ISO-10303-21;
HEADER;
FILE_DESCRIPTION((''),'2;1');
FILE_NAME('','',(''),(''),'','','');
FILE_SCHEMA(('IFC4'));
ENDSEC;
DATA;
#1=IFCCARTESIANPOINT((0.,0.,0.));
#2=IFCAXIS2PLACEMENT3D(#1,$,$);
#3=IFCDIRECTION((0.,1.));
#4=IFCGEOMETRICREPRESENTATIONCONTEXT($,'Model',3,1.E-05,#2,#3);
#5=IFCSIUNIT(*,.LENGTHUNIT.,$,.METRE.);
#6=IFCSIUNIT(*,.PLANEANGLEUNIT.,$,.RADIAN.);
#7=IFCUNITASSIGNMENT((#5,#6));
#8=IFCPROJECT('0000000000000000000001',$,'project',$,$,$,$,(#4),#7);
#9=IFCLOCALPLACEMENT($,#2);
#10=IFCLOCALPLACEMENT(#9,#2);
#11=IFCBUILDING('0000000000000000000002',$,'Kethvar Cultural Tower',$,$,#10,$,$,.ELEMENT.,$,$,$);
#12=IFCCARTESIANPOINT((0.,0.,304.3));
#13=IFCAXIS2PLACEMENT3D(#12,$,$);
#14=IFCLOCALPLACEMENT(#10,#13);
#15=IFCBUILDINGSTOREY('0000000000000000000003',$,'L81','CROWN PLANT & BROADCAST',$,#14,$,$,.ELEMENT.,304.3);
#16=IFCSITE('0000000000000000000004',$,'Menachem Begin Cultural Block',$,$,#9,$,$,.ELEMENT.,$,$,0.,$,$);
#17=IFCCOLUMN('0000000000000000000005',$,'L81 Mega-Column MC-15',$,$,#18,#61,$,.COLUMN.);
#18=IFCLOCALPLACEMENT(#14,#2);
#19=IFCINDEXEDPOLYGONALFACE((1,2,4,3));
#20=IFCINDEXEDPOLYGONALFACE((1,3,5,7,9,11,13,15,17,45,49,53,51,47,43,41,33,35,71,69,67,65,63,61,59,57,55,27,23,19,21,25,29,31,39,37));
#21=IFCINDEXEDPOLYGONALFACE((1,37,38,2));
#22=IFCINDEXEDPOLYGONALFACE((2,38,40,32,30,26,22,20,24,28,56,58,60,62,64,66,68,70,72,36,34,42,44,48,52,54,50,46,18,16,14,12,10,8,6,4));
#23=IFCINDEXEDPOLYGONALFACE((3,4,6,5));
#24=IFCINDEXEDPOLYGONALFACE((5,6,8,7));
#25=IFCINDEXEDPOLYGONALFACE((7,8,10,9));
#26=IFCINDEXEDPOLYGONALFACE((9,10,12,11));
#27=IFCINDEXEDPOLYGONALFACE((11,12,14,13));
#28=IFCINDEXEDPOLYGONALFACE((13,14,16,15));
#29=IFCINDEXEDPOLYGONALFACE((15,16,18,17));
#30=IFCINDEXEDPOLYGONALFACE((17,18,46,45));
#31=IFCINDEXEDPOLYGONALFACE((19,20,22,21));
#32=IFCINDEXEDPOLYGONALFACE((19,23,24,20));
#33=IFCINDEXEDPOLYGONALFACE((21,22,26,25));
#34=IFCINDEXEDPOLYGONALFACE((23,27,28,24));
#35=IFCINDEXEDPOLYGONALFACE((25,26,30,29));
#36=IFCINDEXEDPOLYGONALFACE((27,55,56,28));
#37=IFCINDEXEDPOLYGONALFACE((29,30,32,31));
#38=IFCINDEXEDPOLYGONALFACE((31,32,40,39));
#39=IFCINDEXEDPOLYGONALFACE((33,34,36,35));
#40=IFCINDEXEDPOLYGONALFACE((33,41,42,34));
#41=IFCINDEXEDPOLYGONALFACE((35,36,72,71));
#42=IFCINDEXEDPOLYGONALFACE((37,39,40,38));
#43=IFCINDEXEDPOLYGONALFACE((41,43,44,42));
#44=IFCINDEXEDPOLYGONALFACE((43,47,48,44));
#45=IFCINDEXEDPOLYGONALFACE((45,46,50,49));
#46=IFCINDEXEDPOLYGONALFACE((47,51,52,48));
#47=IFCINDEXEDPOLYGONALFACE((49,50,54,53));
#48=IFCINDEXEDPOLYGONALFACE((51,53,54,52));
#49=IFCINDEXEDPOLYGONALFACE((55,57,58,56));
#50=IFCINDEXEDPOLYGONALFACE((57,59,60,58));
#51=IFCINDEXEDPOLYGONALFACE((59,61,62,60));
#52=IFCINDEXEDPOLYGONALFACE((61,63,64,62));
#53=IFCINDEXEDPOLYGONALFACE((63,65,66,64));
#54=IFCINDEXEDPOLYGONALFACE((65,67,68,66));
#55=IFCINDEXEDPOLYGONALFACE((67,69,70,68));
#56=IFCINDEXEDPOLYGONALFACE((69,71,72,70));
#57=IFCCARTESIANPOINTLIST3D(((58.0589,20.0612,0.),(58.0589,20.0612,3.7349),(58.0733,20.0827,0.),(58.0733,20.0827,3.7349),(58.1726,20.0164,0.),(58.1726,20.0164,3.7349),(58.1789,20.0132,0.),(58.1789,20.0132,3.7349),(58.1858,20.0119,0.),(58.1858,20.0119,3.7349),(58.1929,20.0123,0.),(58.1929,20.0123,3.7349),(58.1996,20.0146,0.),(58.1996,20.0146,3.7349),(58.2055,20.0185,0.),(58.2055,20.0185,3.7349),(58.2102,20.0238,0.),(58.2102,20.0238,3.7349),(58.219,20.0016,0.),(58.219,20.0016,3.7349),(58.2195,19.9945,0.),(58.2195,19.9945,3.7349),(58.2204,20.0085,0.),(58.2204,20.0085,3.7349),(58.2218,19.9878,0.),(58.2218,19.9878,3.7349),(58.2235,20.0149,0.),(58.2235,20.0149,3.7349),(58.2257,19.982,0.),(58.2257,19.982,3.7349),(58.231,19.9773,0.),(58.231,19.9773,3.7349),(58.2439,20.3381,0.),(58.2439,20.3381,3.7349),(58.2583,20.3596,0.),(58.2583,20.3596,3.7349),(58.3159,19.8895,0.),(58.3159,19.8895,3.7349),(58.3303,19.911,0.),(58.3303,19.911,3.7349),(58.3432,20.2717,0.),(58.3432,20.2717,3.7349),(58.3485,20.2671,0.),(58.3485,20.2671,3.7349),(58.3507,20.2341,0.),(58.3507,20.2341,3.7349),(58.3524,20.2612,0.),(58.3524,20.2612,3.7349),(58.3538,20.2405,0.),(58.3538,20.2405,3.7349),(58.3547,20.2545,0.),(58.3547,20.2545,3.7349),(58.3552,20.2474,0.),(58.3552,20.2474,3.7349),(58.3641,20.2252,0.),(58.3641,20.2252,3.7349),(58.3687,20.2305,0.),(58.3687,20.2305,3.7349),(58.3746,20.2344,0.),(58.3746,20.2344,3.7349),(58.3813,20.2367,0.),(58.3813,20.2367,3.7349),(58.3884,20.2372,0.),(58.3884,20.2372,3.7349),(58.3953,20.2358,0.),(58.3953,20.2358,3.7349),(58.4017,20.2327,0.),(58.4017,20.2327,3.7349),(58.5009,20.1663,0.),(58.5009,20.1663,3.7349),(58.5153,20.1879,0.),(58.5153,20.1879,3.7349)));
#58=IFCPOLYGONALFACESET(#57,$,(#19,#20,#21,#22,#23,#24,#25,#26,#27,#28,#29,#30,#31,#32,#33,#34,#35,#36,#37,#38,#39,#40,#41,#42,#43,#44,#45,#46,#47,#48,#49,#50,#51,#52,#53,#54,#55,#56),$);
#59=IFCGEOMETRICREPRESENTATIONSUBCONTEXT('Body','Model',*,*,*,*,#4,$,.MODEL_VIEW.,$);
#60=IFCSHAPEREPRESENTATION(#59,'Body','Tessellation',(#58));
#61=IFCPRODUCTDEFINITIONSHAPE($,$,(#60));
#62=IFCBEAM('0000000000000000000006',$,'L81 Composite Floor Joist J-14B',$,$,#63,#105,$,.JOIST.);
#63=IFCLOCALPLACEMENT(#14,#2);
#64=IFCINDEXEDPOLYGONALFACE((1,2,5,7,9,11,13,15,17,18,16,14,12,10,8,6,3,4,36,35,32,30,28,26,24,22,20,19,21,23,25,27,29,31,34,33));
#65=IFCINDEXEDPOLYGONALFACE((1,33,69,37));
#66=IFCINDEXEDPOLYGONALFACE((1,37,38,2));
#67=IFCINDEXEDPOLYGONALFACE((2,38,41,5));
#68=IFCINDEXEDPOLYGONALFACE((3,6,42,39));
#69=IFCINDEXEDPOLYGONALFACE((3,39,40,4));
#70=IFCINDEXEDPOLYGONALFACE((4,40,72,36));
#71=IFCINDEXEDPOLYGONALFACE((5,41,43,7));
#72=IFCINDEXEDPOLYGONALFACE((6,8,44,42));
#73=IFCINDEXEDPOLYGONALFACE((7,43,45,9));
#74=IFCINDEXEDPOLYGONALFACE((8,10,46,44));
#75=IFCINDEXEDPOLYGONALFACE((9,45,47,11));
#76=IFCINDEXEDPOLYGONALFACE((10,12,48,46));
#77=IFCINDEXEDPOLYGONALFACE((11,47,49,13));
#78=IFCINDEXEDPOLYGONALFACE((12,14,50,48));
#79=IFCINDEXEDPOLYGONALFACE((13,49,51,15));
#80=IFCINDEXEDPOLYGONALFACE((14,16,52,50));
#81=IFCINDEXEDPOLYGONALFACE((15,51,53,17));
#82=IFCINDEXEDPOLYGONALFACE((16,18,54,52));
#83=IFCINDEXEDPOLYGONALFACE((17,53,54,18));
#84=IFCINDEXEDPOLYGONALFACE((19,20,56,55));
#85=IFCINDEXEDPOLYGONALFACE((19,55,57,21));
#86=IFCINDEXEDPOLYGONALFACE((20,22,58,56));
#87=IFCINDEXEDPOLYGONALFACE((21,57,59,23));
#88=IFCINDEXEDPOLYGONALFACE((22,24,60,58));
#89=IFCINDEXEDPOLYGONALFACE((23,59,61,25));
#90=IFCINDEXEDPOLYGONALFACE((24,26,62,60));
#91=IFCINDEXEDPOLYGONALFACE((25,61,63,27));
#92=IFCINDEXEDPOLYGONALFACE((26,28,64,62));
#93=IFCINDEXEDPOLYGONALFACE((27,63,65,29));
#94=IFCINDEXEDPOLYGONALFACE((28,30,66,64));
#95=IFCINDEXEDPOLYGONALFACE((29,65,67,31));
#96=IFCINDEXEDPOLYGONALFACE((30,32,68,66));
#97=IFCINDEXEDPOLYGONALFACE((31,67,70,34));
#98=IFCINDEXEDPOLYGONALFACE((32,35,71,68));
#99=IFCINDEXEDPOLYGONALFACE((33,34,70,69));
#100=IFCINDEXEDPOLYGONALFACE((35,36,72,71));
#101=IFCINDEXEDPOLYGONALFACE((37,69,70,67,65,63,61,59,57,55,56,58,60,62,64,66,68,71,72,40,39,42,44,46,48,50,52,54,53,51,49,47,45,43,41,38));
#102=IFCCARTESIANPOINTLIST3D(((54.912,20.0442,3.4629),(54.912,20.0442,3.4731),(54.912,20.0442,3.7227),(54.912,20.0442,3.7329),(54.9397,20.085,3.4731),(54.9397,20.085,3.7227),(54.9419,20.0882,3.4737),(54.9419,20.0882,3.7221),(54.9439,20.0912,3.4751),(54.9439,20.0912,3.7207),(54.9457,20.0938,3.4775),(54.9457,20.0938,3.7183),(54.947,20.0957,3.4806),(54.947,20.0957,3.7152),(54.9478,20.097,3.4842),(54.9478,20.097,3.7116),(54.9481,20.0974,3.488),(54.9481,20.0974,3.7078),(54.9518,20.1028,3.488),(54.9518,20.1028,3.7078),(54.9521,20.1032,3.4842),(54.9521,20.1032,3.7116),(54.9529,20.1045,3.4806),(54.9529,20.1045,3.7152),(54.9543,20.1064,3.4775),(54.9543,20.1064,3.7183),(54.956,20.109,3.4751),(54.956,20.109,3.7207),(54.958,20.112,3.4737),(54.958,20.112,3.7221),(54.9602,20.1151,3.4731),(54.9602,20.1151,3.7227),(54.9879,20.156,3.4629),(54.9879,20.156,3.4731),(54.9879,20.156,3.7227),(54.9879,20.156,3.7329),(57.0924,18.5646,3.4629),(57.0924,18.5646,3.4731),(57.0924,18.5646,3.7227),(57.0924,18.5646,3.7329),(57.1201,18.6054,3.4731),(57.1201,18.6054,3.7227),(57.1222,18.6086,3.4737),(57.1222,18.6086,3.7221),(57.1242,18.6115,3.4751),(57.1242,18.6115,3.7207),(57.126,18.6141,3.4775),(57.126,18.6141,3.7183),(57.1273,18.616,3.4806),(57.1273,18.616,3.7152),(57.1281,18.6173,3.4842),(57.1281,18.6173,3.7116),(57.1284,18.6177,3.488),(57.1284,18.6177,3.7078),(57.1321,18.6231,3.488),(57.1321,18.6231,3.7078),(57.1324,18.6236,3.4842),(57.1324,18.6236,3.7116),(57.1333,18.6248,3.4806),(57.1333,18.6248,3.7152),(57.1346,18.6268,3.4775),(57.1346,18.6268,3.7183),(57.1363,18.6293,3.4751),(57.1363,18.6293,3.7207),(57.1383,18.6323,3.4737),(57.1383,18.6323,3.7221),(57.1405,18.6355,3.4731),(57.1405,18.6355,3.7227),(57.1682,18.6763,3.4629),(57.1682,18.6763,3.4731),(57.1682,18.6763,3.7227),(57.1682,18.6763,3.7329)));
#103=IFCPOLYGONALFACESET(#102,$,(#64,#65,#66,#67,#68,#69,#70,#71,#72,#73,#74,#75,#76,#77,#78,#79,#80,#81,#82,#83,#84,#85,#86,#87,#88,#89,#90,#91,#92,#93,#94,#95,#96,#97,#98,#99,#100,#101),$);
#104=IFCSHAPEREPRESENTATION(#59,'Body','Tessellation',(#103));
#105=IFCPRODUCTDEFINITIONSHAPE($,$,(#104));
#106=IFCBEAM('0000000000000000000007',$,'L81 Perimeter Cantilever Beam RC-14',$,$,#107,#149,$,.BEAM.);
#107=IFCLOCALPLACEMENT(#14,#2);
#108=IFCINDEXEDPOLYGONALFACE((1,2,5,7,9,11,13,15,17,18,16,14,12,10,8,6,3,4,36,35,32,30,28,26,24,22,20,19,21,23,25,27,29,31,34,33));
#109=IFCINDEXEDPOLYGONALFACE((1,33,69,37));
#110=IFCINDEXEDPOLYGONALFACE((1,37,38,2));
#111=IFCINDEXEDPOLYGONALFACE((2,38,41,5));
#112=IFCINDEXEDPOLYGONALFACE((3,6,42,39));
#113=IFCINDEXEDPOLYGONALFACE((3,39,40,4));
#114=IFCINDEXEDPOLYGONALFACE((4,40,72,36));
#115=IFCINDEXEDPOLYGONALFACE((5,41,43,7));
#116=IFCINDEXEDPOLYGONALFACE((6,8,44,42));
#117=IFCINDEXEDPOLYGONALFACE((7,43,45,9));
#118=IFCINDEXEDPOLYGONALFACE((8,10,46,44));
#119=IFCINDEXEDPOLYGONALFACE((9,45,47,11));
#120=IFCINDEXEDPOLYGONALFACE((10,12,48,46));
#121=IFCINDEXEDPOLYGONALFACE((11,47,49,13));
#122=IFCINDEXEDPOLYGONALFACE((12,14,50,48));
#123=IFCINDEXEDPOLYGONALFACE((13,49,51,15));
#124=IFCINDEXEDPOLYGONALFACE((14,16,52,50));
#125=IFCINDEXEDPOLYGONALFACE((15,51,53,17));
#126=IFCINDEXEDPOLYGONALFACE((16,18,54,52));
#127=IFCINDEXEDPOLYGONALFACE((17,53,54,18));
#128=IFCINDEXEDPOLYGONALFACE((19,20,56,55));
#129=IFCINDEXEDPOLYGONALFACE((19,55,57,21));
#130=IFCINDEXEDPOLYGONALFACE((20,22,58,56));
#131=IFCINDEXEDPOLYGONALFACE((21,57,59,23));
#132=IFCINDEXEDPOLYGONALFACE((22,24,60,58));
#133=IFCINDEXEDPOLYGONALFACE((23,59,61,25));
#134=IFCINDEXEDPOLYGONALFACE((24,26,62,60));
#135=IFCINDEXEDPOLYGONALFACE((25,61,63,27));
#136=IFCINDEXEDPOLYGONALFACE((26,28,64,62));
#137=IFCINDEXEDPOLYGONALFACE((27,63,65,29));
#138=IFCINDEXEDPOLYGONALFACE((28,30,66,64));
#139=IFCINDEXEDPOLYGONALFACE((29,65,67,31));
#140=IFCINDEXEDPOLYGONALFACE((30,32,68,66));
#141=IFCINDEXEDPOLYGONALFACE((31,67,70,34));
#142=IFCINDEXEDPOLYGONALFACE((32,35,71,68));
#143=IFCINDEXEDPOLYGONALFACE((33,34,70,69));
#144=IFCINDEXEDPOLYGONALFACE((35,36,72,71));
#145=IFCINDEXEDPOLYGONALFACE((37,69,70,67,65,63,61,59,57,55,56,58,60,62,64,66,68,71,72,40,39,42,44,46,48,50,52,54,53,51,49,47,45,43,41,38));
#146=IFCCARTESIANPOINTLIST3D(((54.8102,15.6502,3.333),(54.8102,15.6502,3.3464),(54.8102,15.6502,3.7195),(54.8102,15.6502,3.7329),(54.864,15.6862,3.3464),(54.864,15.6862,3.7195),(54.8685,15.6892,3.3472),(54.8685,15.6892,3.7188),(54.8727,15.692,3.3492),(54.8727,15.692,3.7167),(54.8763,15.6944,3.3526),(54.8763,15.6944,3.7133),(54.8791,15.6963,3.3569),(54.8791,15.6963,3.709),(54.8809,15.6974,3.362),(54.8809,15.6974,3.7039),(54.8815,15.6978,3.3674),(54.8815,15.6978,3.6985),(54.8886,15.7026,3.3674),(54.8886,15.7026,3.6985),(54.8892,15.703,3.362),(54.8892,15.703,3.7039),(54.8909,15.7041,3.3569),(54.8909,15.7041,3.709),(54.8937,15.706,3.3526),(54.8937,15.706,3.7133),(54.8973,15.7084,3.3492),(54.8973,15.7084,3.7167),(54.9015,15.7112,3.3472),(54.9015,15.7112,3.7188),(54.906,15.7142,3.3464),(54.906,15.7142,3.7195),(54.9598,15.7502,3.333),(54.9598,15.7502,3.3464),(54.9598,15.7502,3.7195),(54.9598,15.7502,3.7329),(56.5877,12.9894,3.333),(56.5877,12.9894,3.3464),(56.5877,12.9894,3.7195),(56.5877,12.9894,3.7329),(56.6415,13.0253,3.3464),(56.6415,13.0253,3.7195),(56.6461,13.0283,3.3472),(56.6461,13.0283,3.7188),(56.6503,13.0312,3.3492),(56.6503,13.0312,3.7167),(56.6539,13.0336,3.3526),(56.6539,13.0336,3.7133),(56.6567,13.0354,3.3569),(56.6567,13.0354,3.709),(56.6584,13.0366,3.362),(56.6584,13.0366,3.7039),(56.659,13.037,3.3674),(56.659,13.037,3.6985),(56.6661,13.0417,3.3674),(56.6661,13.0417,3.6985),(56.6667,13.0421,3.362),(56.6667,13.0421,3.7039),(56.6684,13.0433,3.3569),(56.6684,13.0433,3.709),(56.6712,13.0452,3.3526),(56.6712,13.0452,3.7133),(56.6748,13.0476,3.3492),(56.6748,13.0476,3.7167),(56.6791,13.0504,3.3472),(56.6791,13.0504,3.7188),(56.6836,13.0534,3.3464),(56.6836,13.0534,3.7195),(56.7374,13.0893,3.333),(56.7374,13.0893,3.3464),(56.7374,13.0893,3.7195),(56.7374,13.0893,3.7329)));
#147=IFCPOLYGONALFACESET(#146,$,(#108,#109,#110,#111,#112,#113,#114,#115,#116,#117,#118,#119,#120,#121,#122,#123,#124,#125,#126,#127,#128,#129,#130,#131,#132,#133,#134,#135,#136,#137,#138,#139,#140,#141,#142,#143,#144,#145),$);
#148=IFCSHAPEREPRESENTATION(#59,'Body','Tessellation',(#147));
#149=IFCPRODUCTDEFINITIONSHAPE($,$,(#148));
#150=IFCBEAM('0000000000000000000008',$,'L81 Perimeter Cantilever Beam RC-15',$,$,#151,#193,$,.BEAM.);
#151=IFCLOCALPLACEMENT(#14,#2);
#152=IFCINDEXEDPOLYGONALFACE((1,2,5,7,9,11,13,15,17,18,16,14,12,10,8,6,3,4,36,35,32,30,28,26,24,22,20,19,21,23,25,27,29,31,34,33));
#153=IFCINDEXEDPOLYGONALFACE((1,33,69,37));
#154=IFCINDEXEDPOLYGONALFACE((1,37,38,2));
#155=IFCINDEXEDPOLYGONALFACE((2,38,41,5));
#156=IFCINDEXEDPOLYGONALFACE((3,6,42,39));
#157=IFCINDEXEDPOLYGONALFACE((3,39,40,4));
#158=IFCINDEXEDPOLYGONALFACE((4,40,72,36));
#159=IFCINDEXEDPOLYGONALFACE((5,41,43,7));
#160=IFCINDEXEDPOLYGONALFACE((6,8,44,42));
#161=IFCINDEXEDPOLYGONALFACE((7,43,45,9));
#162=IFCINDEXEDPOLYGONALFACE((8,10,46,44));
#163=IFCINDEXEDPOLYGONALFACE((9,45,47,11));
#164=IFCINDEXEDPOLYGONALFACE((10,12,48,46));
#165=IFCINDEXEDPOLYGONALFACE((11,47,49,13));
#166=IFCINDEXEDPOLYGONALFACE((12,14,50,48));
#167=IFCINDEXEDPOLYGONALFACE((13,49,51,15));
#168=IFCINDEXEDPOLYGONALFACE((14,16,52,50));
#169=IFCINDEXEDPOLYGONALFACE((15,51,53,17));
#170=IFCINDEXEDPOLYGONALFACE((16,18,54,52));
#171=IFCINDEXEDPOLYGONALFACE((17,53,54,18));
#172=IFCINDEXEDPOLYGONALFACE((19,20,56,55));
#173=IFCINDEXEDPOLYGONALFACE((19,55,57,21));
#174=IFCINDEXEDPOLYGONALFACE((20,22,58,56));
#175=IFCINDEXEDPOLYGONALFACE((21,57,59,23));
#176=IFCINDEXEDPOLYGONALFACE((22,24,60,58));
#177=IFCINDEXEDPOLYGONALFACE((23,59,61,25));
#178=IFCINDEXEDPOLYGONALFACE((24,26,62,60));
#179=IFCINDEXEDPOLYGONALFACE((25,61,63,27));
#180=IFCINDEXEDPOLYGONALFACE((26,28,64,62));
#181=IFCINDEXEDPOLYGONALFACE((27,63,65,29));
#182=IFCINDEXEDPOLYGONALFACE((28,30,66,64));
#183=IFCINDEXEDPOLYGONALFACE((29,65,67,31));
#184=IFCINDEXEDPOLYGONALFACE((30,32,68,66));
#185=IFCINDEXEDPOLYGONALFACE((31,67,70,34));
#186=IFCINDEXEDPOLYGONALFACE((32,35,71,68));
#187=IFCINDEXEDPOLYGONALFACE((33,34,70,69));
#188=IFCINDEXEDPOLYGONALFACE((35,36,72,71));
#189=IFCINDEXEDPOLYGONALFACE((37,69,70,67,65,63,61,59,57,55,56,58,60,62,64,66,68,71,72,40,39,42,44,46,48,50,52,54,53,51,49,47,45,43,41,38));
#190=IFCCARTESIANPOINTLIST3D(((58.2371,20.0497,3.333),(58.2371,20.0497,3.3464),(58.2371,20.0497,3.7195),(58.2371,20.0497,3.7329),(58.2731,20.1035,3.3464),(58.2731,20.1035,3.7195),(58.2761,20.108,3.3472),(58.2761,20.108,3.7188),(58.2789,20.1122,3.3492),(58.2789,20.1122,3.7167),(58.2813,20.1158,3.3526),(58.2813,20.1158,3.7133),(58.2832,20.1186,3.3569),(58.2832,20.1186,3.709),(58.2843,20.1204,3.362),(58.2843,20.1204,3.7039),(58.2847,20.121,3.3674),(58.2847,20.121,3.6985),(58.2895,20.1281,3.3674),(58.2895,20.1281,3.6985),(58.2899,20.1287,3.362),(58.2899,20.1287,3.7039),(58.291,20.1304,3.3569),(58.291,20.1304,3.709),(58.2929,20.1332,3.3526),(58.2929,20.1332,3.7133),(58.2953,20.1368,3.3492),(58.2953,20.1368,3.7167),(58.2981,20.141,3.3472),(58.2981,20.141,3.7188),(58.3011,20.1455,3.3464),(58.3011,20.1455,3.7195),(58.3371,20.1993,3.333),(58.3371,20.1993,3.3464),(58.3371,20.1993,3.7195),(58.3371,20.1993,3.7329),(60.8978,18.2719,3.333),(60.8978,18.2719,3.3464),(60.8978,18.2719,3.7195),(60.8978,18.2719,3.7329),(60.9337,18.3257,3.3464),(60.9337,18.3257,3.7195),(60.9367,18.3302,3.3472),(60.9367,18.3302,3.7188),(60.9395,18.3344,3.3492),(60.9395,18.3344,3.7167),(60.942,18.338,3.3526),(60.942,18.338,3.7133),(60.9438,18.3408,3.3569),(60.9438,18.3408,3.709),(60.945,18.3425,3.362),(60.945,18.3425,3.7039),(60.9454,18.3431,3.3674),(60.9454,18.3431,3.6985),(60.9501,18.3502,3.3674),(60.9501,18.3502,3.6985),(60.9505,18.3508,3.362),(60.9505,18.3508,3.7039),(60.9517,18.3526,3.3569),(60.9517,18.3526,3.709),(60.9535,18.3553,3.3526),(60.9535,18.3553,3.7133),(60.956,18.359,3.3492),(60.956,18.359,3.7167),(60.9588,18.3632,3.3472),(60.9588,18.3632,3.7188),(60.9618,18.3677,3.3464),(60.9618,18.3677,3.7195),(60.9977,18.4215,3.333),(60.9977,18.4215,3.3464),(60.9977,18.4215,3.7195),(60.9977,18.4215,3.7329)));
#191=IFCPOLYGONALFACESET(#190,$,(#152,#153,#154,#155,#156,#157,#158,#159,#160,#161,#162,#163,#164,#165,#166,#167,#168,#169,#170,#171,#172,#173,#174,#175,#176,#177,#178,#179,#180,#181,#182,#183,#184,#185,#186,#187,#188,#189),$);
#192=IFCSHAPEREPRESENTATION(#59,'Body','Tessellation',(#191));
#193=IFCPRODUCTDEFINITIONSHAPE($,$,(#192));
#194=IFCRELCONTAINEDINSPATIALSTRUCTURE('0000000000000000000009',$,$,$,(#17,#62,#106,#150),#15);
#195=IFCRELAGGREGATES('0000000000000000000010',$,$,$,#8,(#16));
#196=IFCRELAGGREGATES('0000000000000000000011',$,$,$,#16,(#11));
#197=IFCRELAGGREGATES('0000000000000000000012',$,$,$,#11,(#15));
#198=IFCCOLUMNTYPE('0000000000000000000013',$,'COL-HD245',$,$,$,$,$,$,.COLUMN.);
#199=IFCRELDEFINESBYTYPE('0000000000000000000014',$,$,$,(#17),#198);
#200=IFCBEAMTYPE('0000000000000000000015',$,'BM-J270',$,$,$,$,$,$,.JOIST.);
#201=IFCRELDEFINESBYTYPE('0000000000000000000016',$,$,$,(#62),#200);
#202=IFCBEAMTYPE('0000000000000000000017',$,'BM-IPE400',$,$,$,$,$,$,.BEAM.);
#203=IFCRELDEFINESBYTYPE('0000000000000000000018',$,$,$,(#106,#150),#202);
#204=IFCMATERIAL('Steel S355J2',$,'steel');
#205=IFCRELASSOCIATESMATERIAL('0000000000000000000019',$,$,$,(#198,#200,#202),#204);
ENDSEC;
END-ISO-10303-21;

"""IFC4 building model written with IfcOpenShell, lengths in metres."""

from ifc_helpers import new_model, si_unit, direction, frame, origin, origin_2d, place, context, subcontext, project, spatial, i_section, extrude, source, transform, mapped, material, material_profile, profile_set, type_object, element, save


model = new_model("IFC4")

# Units and contexts
model_context = context("Model", 3, precision=1e-05, world=origin(), true_north=direction((0.0, 1.0)))
body_context = subcontext(model_context, "Body", "Model", "MODEL_VIEW")
ifc_project = project(units=[si_unit("LENGTHUNIT", "METRE"), si_unit("PLANEANGLEUNIT", "RADIAN")], contexts=[model_context])

# Site, building, storey
site_placement = place(None, origin())
site = spatial("IfcSite", under=ifc_project, at=site_placement, Name="Menachem Begin Cultural Block", CompositionType="ELEMENT", RefElevation=0.0)
building_placement = place(site_placement, origin())
building = spatial("IfcBuilding", under=site, at=building_placement, Name="Kethvar Cultural Tower", CompositionType="ELEMENT")
storey_placement = place(building_placement, frame((0.0, 0.0, 304.3)))
storey = spatial("IfcBuildingStorey", under=building, at=storey_placement, Name="L81", Description="CROWN PLANT & BROADCAST", CompositionType="ELEMENT", Elevation=304.3)

# Column
ifc_material_1 = material(Name="Steel S355J2", Category="steel")
ifc_material_profile_1 = material_profile(ifc_material_1, i_section(OverallWidth=0.3091, OverallDepth=0.3589, WebThickness=0.0161, FlangeThickness=0.0259, FilletRadius=0.0271, at=origin_2d()), Name="Steel S355J2 — HD320x245")
ifc_profile_set_1 = profile_set([ifc_material_profile_1], Name="Steel S355J2 — HD320x245")
column_type = type_object("IfcColumnType", Name="COL-HD245", PredefinedType="COLUMN", material=ifc_profile_set_1)
shared_shape_1 = source(origin(), body_context, "Body", "SweptSolid", [
    extrude(i_section(OverallWidth=0.3091, OverallDepth=0.3589, WebThickness=0.0161, FlangeThickness=0.0259, FilletRadius=0.0271, at=origin_2d()), origin(), (0.0, 0.0, 1.0), 3.7349),
])
column_placement = place(storey_placement, frame((58.2871, 20.1245, 0.0), z_axis=(0.0, 0.0, 1.0), x_axis=(0.83147, -0.55557, 0.0)))
element("IfcColumn", 1, at=column_placement, inside=storey, type_object=column_type, Name="L81 Mega-Column MC-15", PredefinedType="COLUMN", context=body_context, shape_type="MappedRepresentation", body=[
    mapped(shared_shape_1, transform((0.0, 0.0, 0.0), scale=1.0)),
])

# Beams
ifc_material_profile_2 = material_profile(ifc_material_1, i_section(OverallWidth=0.135, OverallDepth=0.27, WebThickness=0.0066, FlangeThickness=0.0103, FilletRadius=0.0149, at=origin_2d()), Name="Steel S355J2 — IPE270")
ifc_profile_set_2 = profile_set([ifc_material_profile_2], Name="Steel S355J2 — IPE270")
beam_type_1 = type_object("IfcBeamType", Name="BM-J270", PredefinedType="JOIST", material=ifc_profile_set_2)
shared_shape_2 = source(origin(), body_context, "Body", "SweptSolid", [
    extrude(i_section(OverallWidth=0.135, OverallDepth=0.27, WebThickness=0.0066, FlangeThickness=0.0103, FilletRadius=0.0149, at=origin_2d()), origin(), (0.0, 0.0, 1.0), 2.635),
])
beam_1_placement = place(storey_placement, frame((54.95, 20.1001, 3.5979), z_axis=(0.827447, -0.561544, 0.0), x_axis=(0.561544, 0.827447, 0.0)))
element("IfcBeam", 2, at=beam_1_placement, inside=storey, type_object=beam_type_1, Name="L81 Composite Floor Joist J-14B", PredefinedType="JOIST", context=body_context, shape_type="MappedRepresentation", body=[
    mapped(shared_shape_2, transform((0.0, 0.0, 0.0), scale=1.0)),
])
ifc_material_profile_3 = material_profile(ifc_material_1, i_section(OverallWidth=0.1799, OverallDepth=0.3999, WebThickness=0.0085, FlangeThickness=0.0134, FilletRadius=0.021, at=origin_2d()), Name="Steel S355J2 — IPE400")
ifc_profile_set_3 = profile_set([ifc_material_profile_3], Name="Steel S355J2 — IPE400")
beam_type_2 = type_object("IfcBeamType", Name="BM-IPE400", PredefinedType="BEAM", material=ifc_profile_set_3)
shared_shape_3 = source(origin(), body_context, "Body", "SweptSolid", [
    extrude(i_section(OverallWidth=0.1799, OverallDepth=0.3999, WebThickness=0.0085, FlangeThickness=0.0134, FilletRadius=0.021, at=origin_2d()), origin(), (0.0, 0.0, 1.0), 3.2),
])
for number, where, z_axis, x_axis, name in (
    (3, (54.885, 15.7002, 3.533), (0.555492, -0.831522, 0.0), (0.831522, 0.555492, 0.0), "L81 Perimeter Cantilever Beam RC-14"),
    (4, (58.2871, 20.1245, 3.533), (0.831463, -0.55558, 0.0), (0.55558, 0.831463, 0.0), "L81 Perimeter Cantilever Beam RC-15"),
):
    element("IfcBeam", number, at=place(storey_placement, frame(where, z_axis=z_axis, x_axis=x_axis)), inside=storey, type_object=beam_type_2, Name=name, PredefinedType="BEAM", context=body_context, shape_type="MappedRepresentation", body=[
        mapped(shared_shape_3, transform((0.0, 0.0, 0.0), scale=1.0)),
    ])

save(model, "model.ifc")
